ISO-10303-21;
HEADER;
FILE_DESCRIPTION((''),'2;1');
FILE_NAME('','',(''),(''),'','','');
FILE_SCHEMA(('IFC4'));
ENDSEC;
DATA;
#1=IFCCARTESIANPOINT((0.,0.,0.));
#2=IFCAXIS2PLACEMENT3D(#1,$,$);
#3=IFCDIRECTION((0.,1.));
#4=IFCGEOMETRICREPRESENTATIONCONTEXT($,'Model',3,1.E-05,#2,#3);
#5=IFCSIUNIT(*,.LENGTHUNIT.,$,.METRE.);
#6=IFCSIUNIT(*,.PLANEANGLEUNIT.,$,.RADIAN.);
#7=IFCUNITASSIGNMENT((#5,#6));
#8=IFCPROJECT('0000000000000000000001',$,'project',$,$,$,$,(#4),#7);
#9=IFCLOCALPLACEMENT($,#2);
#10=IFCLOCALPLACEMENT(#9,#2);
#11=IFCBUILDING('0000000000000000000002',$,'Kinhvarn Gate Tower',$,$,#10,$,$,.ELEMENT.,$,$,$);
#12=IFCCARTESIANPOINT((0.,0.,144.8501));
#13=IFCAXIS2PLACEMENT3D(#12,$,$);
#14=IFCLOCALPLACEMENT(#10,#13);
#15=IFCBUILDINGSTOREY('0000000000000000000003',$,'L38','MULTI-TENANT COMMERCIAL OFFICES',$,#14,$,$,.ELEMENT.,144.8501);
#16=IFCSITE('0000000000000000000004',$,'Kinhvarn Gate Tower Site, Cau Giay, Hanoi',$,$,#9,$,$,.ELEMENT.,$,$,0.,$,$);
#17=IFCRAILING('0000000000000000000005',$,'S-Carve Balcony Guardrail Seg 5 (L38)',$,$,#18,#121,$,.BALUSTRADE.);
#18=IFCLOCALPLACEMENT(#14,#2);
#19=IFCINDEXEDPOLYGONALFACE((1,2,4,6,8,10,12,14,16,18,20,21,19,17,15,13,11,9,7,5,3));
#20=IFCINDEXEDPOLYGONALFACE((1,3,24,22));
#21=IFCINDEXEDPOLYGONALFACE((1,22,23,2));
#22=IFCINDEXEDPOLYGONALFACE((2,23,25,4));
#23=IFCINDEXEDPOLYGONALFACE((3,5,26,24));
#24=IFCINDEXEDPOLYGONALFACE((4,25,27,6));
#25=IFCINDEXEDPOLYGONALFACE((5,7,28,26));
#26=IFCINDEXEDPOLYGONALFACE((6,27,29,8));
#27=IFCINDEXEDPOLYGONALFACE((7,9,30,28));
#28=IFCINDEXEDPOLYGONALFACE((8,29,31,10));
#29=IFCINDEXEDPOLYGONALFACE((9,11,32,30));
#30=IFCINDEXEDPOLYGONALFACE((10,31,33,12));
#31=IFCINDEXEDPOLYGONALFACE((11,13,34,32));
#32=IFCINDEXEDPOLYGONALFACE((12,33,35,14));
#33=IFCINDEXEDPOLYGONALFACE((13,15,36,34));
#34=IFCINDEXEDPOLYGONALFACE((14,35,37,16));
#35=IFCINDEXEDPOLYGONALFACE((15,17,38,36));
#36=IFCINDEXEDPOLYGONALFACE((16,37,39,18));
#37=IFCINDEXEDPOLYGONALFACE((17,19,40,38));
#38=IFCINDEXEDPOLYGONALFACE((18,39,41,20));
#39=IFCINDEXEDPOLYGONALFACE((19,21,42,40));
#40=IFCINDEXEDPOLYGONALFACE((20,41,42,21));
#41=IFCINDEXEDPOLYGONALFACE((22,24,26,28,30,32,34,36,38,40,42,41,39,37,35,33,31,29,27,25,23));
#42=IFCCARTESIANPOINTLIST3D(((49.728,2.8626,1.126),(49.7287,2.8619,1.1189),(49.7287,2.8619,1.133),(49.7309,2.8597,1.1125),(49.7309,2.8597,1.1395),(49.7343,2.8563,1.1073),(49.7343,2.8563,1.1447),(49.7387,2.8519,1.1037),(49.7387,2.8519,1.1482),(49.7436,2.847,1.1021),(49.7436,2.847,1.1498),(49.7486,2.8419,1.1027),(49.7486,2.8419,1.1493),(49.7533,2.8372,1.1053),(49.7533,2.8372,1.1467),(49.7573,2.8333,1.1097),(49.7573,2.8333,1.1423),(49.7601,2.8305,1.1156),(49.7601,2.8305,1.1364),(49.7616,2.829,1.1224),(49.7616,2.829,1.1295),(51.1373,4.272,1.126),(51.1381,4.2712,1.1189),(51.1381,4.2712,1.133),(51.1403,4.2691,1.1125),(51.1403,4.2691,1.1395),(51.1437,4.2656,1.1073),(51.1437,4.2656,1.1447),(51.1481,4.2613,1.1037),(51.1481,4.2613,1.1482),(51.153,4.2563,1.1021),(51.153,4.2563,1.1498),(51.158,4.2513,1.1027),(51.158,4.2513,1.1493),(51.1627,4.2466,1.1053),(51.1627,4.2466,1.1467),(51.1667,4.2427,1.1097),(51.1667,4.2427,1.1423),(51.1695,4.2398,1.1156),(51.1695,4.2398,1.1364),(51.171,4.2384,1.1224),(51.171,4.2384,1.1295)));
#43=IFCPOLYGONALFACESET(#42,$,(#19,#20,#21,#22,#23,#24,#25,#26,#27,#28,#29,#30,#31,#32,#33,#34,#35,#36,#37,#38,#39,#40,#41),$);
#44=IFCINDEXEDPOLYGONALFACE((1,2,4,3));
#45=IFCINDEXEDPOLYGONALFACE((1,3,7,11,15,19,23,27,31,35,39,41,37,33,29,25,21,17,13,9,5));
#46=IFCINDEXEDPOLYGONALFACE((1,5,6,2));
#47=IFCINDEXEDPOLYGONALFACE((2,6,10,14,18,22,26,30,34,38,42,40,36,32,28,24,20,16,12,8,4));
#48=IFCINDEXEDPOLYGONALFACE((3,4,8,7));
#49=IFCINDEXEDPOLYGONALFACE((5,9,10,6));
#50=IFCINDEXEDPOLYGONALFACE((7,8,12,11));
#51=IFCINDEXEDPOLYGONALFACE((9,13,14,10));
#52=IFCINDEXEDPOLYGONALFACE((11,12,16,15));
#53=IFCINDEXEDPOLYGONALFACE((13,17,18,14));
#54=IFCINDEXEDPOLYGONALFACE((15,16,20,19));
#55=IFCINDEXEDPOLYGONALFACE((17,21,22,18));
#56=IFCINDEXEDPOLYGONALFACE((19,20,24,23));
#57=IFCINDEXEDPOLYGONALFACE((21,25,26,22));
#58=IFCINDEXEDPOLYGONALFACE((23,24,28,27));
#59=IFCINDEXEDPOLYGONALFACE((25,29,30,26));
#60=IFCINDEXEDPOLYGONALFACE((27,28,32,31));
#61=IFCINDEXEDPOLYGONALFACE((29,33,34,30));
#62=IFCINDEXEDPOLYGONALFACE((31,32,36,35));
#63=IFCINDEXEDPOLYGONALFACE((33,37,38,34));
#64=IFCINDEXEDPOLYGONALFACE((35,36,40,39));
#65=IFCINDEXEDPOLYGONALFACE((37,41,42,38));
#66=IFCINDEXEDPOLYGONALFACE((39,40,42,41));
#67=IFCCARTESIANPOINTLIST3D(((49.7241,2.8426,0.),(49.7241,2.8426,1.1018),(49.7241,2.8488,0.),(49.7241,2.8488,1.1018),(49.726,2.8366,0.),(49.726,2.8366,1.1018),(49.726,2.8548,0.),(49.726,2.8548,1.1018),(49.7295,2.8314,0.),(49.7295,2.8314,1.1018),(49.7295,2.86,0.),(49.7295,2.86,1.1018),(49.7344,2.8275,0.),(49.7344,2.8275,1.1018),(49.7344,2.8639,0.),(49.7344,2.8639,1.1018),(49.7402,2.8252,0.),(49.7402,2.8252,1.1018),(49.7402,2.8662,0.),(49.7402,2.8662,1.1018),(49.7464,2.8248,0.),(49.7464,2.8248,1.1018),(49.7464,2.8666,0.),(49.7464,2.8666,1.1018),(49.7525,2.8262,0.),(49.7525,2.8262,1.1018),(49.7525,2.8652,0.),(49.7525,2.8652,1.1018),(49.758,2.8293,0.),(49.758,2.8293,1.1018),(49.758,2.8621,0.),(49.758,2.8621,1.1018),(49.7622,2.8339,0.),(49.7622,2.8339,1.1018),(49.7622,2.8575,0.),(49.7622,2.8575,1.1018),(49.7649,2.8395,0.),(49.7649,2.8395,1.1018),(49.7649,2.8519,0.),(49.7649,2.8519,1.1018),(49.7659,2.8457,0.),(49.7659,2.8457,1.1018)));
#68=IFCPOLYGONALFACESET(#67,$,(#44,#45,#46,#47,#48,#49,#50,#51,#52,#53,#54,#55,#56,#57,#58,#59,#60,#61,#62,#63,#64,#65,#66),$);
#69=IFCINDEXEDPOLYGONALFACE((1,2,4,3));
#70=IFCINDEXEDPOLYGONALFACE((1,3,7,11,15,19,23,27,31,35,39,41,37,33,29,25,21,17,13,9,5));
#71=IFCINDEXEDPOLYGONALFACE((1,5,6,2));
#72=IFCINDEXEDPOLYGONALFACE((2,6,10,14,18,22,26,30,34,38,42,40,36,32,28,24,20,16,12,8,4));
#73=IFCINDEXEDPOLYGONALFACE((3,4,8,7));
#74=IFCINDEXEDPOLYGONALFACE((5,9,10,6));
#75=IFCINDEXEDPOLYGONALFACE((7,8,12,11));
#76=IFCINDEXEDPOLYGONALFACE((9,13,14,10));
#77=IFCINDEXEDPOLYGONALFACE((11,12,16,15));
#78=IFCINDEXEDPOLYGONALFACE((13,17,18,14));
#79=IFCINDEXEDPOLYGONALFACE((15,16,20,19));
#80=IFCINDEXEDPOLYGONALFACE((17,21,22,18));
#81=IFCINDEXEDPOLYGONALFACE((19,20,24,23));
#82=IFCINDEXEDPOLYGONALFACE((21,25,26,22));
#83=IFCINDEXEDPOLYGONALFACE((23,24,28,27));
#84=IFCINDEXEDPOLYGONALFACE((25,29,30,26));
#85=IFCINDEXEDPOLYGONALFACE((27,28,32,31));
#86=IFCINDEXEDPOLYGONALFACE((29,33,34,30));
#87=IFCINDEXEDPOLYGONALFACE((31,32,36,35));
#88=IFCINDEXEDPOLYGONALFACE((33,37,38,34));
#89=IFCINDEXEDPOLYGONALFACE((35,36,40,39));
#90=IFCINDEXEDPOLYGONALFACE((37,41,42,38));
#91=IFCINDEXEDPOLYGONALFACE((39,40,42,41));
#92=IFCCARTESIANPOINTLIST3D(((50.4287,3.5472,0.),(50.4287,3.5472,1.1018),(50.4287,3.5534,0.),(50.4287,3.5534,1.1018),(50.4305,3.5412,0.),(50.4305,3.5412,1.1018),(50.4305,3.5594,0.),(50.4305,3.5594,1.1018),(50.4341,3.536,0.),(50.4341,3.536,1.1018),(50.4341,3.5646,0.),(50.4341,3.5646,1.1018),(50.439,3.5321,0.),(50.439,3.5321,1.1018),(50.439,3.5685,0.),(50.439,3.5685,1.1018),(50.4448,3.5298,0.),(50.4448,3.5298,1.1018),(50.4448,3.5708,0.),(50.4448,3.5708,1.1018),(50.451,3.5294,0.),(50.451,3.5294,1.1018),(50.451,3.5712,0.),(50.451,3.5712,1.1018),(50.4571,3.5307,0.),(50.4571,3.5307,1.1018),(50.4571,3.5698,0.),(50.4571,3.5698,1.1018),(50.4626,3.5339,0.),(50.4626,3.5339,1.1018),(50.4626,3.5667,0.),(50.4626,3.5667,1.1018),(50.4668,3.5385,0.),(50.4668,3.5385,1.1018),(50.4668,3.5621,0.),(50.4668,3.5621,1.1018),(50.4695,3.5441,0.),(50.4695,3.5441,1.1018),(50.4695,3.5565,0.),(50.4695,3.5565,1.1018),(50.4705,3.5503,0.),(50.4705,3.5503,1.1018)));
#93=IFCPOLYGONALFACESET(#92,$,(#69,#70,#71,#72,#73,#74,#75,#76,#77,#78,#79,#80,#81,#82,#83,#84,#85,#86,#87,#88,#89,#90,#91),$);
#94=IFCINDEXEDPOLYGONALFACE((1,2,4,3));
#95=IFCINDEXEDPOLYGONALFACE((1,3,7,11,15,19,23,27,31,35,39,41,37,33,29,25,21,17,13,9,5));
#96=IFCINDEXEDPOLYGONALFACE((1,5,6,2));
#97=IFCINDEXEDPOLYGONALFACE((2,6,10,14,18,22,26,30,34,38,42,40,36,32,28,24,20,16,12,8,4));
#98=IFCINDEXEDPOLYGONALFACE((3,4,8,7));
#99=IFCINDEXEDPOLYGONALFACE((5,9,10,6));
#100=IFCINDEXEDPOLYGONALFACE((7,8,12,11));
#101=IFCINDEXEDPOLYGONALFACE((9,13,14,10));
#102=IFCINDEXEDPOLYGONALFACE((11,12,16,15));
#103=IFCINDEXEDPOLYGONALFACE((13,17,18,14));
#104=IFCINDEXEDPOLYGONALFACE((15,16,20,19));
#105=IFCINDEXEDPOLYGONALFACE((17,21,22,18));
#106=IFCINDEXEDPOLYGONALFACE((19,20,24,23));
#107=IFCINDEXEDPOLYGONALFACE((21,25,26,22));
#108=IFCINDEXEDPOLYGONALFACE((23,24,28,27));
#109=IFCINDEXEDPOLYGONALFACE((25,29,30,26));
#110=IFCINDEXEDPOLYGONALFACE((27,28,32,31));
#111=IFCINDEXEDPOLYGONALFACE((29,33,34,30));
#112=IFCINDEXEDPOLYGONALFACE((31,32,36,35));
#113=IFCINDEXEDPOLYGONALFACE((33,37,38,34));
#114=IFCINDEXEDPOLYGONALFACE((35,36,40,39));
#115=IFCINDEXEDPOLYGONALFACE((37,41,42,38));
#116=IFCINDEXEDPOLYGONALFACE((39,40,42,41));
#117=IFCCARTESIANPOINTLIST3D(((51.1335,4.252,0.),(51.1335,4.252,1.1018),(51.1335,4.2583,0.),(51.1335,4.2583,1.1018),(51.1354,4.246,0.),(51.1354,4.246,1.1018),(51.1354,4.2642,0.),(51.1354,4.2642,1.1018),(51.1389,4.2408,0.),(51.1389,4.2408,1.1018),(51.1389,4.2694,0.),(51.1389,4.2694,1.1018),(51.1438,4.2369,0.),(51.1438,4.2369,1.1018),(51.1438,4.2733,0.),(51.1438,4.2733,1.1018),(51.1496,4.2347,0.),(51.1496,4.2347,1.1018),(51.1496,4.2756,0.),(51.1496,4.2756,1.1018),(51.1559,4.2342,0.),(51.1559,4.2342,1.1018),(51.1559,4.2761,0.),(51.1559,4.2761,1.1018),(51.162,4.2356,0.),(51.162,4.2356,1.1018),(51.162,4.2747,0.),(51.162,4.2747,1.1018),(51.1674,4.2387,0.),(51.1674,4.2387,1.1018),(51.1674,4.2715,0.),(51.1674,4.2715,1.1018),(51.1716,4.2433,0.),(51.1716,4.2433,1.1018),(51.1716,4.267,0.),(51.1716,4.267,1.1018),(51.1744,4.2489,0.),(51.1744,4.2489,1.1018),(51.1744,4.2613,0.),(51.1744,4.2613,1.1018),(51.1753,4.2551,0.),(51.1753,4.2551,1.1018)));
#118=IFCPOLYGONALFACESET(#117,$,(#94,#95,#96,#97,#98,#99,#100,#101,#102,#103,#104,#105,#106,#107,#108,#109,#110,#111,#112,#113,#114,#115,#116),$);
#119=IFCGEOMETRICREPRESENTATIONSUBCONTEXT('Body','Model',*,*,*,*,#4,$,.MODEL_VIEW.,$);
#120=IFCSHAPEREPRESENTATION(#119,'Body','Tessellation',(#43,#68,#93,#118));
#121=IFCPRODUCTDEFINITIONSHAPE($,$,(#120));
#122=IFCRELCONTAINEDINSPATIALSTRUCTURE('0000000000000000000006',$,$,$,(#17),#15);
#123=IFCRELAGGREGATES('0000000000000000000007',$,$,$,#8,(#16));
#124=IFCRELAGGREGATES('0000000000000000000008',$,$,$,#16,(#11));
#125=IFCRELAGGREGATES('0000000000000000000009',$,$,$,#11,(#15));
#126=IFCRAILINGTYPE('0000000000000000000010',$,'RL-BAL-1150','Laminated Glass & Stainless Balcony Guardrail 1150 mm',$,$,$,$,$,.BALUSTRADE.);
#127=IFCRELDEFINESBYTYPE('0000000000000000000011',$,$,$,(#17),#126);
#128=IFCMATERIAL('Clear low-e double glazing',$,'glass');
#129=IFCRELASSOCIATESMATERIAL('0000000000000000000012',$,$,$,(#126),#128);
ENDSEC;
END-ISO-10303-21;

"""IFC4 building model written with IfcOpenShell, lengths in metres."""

from ifc_helpers import new_model, si_unit, direction, frame, origin, origin_2d, place, context, subcontext, project, spatial, circle, extrude, material, type_object, element, save


model = new_model("IFC4")

# Units and contexts
model_context = context("Model", 3, precision=1e-05, world=origin(), true_north=direction((0.0, 1.0)))
body_context = subcontext(model_context, "Body", "Model", "MODEL_VIEW")
ifc_project = project(units=[si_unit("LENGTHUNIT", "METRE"), si_unit("PLANEANGLEUNIT", "RADIAN")], contexts=[model_context])

# Site, building, storey
site_placement = place(None, origin())
site = spatial("IfcSite", under=ifc_project, at=site_placement, Name="Kinhvarn Gate Tower Site, Cau Giay, Hanoi", CompositionType="ELEMENT", RefElevation=0.0)
building_placement = place(site_placement, origin())
building = spatial("IfcBuilding", under=site, at=building_placement, Name="Kinhvarn Gate Tower", CompositionType="ELEMENT")
storey_placement = place(building_placement, frame((0.0, 0.0, 144.8501)))
storey = spatial("IfcBuildingStorey", under=building, at=storey_placement, Name="L38", Description="MULTI-TENANT COMMERCIAL OFFICES", CompositionType="ELEMENT", Elevation=144.8501)

# Shared definitions
ifc_material_1 = material(Name="Clear low-e double glazing", Category="glass")

# Railing
railing_type = type_object("IfcRailingType", Name="RL-BAL-1150", Description="Laminated Glass & Stainless Balcony Guardrail 1150 mm", PredefinedType="BALUSTRADE", material=ifc_material_1)
railing_1_placement = place(storey_placement, frame((49.7449, 2.8457, 0.0)))
element("IfcRailing", 1, at=railing_1_placement, inside=storey, type_object=railing_type, Name="S-Carve Balcony Guardrail Seg 5 (L38)", PredefinedType="BALUSTRADE", context=body_context, shape_type="SweptSolid", body=[
    extrude(circle(Radius=0.0239, at=origin_2d()), frame((0.0, 0.0, 1.126), z_axis=(0.707107, 0.707107, 0.0), x_axis=(-0.707107, 0.707107, 0.0)), (0.0, 0.0, 1.0), 1.9932),
    extrude(circle(Radius=0.021, at=origin_2d()), origin(), (0.0, 0.0, 1.0), 1.1018),
    extrude(circle(Radius=0.021, at=origin_2d()), frame((0.7046, 0.7046, 0.0)), (0.0, 0.0, 1.0), 1.1018),
    extrude(circle(Radius=0.021, at=origin_2d()), frame((1.4094, 1.4094, 0.0)), (0.0, 0.0, 1.0), 1.1018),
])

save(model, "model.ifc")
